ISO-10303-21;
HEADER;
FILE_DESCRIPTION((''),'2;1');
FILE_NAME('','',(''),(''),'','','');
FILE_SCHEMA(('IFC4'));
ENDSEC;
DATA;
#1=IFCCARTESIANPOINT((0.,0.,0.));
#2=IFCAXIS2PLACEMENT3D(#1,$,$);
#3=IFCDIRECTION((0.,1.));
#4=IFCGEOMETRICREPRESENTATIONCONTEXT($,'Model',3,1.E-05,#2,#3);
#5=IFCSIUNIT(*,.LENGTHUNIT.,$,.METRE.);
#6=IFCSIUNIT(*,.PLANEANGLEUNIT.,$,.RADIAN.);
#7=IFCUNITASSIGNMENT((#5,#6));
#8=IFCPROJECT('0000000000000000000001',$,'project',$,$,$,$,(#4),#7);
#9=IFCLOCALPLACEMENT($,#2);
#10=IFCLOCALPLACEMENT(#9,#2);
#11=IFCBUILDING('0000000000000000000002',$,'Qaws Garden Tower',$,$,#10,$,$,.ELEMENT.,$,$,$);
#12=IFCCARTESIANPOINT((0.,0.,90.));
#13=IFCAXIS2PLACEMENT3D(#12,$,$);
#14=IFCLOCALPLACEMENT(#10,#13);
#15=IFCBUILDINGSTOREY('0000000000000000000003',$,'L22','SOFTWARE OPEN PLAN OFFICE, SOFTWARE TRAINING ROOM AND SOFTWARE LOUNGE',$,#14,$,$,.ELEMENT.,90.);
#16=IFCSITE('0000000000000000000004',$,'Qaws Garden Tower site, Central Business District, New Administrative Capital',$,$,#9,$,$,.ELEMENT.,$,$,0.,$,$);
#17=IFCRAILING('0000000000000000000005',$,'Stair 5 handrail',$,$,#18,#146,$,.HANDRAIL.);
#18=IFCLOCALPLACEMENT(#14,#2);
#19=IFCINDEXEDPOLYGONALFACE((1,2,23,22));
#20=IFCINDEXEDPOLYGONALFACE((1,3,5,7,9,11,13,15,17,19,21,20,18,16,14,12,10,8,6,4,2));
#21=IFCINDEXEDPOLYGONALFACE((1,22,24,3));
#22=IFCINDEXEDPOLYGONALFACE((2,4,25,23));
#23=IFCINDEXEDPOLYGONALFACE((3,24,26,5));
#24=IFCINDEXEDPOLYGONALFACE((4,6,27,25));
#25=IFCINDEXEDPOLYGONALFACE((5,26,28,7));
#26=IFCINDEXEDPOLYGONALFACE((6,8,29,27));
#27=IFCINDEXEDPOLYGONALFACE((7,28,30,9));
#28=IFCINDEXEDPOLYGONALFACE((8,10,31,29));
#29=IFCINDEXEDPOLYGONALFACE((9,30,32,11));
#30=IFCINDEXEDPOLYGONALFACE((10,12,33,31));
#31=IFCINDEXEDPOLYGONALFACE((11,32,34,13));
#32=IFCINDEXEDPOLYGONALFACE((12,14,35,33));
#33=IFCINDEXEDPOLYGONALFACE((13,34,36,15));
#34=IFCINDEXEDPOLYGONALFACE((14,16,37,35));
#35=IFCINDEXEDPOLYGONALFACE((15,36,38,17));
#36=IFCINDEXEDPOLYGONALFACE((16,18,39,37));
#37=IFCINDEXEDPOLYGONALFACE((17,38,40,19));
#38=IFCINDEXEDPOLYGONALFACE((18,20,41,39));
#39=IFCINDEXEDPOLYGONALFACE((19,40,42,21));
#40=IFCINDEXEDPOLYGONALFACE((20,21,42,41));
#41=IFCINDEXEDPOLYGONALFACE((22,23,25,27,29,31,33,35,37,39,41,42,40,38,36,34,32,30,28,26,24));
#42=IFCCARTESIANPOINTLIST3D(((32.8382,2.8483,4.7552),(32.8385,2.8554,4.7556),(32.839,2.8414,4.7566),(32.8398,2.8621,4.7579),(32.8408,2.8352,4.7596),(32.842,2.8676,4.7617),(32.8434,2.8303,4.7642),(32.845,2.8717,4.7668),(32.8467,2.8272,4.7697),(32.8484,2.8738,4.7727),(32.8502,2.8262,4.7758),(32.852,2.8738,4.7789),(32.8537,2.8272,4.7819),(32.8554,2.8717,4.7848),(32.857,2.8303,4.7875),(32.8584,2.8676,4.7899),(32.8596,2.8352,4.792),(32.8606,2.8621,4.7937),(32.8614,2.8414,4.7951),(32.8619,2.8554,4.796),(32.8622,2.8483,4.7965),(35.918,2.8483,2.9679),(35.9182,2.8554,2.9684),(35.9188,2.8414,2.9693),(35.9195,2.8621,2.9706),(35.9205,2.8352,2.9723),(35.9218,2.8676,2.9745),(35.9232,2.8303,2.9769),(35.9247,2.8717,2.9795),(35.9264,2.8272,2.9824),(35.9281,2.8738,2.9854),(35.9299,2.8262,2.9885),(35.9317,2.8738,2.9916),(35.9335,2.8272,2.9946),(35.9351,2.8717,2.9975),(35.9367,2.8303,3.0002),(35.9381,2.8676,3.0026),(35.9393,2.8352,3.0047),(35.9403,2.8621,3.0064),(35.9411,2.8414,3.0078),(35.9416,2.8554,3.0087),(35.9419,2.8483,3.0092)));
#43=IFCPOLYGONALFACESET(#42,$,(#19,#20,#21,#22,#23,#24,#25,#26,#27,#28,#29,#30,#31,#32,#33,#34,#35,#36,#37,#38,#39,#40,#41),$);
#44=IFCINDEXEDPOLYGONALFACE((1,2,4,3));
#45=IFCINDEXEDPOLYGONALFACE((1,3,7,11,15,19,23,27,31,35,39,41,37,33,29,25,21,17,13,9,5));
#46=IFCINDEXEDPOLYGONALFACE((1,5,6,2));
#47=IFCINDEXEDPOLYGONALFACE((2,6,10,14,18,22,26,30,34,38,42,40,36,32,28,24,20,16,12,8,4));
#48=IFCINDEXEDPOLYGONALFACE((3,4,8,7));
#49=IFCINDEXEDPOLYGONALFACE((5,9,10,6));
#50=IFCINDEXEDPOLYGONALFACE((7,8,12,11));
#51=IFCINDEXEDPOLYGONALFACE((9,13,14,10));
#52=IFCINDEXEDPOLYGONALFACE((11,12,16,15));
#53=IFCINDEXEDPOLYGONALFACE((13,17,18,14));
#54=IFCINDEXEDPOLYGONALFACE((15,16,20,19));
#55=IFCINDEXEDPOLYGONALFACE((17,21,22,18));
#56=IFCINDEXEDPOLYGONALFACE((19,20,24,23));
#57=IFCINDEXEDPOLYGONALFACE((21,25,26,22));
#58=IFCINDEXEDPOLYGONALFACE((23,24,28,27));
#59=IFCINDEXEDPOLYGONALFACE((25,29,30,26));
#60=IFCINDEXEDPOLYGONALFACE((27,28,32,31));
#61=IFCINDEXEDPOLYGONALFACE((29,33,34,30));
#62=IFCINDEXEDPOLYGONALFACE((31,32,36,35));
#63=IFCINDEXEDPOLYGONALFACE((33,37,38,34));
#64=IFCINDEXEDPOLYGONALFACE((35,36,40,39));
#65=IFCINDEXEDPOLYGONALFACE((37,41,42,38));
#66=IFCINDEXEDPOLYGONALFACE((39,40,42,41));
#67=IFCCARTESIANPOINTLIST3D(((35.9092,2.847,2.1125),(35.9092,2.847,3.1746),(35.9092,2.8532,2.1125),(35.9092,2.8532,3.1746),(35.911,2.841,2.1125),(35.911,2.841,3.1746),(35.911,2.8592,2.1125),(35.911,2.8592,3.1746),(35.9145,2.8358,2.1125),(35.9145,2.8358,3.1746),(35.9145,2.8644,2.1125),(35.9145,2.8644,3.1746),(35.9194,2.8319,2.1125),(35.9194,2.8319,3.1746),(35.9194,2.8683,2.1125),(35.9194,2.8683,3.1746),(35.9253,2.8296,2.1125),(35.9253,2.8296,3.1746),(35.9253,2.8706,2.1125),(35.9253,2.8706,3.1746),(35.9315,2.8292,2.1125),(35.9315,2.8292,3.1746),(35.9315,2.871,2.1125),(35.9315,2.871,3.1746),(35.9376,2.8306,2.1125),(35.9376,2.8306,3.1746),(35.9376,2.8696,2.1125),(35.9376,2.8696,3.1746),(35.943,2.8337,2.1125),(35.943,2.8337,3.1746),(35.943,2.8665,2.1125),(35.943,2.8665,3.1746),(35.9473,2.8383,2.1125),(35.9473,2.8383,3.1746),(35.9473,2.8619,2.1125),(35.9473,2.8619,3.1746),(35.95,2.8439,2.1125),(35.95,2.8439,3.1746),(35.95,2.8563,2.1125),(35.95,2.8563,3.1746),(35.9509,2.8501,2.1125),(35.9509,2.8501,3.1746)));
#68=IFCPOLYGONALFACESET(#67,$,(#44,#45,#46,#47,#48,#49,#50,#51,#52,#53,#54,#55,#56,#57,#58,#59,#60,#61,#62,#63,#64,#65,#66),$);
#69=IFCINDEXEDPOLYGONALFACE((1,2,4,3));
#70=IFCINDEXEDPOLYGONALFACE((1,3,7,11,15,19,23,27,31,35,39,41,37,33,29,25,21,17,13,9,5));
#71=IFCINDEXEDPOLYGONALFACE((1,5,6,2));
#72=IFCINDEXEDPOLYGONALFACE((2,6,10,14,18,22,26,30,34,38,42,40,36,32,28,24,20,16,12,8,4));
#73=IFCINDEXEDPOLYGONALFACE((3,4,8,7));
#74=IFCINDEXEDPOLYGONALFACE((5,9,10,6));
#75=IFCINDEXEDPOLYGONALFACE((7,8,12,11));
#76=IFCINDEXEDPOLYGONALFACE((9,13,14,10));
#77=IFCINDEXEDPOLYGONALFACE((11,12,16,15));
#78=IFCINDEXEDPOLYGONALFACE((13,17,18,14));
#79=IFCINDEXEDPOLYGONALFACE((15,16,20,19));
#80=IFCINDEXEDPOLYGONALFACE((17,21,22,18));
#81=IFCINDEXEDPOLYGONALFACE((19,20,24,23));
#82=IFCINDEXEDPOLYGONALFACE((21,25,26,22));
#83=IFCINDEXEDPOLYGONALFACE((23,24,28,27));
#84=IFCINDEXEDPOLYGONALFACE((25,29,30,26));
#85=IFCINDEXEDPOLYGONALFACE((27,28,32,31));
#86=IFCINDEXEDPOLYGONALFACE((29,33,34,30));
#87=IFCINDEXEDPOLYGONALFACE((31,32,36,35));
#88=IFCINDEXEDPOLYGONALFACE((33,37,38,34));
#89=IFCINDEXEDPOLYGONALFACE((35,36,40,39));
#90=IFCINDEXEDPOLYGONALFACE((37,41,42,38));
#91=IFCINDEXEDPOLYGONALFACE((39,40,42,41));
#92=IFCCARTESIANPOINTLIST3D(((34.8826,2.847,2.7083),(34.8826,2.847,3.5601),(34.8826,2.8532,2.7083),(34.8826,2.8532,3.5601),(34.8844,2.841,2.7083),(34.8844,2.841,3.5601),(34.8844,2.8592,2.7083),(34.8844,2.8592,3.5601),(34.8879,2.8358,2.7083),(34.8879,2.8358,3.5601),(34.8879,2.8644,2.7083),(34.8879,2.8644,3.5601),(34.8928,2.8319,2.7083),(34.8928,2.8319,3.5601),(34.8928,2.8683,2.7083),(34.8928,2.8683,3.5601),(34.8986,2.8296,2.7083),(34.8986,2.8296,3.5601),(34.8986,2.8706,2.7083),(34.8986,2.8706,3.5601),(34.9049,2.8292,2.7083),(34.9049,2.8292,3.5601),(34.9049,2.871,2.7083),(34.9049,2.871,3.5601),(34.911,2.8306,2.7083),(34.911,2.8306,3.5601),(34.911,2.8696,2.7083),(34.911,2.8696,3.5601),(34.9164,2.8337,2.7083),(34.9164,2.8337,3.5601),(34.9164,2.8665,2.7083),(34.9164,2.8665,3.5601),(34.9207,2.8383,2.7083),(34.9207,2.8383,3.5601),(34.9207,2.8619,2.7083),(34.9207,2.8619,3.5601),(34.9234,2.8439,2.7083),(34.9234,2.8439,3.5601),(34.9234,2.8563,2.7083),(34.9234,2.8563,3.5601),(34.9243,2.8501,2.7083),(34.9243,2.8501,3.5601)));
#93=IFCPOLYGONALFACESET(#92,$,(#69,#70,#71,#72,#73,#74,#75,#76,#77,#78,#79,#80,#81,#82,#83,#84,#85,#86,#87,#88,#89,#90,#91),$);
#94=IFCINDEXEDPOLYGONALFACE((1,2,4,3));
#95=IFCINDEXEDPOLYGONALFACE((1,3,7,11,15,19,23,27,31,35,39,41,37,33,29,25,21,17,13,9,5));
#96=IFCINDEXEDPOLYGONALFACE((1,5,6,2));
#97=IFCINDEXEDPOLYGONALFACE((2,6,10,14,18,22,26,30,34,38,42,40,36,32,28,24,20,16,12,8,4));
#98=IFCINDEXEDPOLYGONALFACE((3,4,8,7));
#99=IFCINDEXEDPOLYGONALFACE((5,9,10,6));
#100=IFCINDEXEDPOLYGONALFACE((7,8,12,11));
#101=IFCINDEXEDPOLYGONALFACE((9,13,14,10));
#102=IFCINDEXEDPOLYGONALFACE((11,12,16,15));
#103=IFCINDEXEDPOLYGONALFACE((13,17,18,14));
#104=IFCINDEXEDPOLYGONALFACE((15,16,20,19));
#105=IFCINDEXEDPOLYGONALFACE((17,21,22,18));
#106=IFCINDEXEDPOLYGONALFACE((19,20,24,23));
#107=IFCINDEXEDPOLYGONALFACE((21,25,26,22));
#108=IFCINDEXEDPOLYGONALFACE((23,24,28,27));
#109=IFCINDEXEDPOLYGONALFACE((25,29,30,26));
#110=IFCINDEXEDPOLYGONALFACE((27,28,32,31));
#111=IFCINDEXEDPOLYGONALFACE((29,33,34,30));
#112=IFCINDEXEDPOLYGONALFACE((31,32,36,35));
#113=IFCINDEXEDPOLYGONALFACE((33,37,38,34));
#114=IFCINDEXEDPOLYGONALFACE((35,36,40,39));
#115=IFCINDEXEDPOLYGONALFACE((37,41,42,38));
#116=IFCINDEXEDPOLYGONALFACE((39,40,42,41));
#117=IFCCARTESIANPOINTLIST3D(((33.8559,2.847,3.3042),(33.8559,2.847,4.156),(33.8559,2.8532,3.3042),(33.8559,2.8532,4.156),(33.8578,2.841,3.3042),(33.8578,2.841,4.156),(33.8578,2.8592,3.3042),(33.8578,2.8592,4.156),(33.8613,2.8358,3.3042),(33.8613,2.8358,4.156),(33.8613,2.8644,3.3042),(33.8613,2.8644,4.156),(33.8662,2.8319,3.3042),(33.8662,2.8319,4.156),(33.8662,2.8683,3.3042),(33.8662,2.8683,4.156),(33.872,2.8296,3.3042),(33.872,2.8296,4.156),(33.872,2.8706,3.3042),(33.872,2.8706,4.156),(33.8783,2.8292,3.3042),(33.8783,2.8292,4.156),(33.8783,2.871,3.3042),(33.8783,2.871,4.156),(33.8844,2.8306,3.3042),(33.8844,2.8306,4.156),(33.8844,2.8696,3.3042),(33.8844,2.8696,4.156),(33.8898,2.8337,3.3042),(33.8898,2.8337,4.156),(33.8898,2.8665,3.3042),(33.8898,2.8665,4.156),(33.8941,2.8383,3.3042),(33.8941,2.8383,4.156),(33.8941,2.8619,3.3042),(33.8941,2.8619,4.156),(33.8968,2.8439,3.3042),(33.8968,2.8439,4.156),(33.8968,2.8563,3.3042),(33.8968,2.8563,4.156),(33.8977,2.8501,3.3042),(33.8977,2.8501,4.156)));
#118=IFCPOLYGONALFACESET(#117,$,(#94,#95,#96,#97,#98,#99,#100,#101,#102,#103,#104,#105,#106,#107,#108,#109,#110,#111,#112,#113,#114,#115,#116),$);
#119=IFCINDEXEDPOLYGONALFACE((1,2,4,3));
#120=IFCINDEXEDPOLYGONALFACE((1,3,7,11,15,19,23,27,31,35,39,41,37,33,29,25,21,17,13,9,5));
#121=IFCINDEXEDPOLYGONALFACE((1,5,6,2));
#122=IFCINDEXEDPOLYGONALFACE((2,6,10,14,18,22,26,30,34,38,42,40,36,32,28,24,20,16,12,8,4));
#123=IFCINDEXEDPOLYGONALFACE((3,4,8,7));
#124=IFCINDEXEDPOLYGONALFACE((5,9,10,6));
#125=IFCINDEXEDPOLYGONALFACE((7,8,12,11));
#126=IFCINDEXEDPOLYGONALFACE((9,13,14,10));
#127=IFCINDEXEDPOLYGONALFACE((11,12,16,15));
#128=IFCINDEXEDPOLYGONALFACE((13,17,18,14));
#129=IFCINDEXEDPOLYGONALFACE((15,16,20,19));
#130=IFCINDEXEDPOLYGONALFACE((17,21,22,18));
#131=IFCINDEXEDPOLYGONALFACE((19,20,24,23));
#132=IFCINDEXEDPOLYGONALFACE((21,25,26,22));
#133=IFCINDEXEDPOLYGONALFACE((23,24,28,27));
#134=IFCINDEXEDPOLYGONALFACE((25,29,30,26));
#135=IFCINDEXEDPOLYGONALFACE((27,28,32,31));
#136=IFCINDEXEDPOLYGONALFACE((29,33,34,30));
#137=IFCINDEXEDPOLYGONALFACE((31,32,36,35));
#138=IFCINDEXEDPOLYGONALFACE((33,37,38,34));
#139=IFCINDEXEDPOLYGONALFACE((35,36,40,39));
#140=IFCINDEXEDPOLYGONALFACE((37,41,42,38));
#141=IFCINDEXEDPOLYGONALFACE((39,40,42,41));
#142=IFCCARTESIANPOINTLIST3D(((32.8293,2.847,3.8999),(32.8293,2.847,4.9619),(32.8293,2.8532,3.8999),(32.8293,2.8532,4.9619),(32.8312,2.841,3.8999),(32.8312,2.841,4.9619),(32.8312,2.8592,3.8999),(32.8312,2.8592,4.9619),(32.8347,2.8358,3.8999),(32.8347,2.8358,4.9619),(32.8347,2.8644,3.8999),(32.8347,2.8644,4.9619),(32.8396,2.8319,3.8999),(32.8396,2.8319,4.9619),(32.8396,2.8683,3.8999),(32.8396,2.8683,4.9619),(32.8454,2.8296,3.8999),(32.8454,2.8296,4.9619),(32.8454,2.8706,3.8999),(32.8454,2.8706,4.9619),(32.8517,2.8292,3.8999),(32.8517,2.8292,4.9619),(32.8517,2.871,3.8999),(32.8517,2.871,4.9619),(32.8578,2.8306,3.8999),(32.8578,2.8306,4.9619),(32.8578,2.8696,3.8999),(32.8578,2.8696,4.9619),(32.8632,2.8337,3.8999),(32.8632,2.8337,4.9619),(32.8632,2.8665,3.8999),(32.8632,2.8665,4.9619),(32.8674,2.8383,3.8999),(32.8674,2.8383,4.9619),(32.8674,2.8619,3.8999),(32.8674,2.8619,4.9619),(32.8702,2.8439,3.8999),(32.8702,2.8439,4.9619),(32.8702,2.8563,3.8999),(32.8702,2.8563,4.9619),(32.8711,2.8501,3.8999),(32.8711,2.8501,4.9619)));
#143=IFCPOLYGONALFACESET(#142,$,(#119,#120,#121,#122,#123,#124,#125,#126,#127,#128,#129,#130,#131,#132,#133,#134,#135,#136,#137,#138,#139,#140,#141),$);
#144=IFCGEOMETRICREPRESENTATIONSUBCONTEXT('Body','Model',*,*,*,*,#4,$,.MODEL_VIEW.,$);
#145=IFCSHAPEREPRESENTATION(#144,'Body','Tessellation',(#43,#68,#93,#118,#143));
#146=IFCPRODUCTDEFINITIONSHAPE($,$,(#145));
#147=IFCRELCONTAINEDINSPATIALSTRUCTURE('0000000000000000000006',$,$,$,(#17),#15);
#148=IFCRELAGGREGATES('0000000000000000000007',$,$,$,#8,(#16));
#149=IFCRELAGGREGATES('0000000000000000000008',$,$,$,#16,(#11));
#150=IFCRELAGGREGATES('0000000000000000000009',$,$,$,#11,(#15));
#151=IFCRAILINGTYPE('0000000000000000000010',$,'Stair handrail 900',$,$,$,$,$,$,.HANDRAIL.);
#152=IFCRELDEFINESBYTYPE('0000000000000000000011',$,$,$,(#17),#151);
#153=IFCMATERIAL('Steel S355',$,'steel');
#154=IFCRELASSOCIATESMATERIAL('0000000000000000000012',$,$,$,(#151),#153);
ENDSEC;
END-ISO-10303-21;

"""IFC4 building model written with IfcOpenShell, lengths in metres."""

from ifc_helpers import new_model, si_unit, direction, frame, origin, origin_2d, place, context, subcontext, project, spatial, circle, extrude, material, type_object, element, save


model = new_model("IFC4")

# Units and contexts
model_context = context("Model", 3, precision=1e-05, world=origin(), true_north=direction((0.0, 1.0)))
body_context = subcontext(model_context, "Body", "Model", "MODEL_VIEW")
ifc_project = project(units=[si_unit("LENGTHUNIT", "METRE"), si_unit("PLANEANGLEUNIT", "RADIAN")], contexts=[model_context])

# Site, building, storey
site_placement = place(None, origin())
site = spatial("IfcSite", under=ifc_project, at=site_placement, Name="Qaws Garden Tower site, Central Business District, New Administrative Capital", CompositionType="ELEMENT", RefElevation=0.0)
building_placement = place(site_placement, origin())
building = spatial("IfcBuilding", under=site, at=building_placement, Name="Qaws Garden Tower", CompositionType="ELEMENT")
storey_placement = place(building_placement, frame((0.0, 0.0, 90.0)))
storey = spatial("IfcBuildingStorey", under=building, at=storey_placement, Name="L22", Description="SOFTWARE OPEN PLAN OFFICE, SOFTWARE TRAINING ROOM AND SOFTWARE LOUNGE", CompositionType="ELEMENT", Elevation=90.0)

# Railing
ifc_material_1 = material(Name="Steel S355", Category="steel")
railing_type = type_object("IfcRailingType", Name="Stair handrail 900", PredefinedType="HANDRAIL", material=ifc_material_1)
railing_placement = place(storey_placement, frame((35.9299, 2.8501, 2.1125)))
element("IfcRailing", 1, at=railing_placement, inside=storey, type_object=railing_type, Name="Stair 5 handrail", PredefinedType="HANDRAIL", context=body_context, shape_type="SweptSolid", body=[
    extrude(circle(Radius=0.0239, at=origin_2d()), frame((0.0, 0.0, 0.876), z_axis=(-0.864903, 0.0, 0.501939), x_axis=(0.0, -1.0, 0.0)), (0.0, 0.0, 1.0), 3.5608),
    extrude(circle(Radius=0.021, at=origin_2d()), origin(), (0.0, 0.0, 1.0), 1.062),
    extrude(circle(Radius=0.021, at=origin_2d()), frame((-1.0266, 0.0, 0.5957)), (0.0, 0.0, 1.0), 0.8518),
    extrude(circle(Radius=0.021, at=origin_2d()), frame((-2.0532, 0.0, 1.1917)), (0.0, 0.0, 1.0), 0.8518),
    extrude(circle(Radius=0.021, at=origin_2d()), frame((-3.0798, 0.0, 1.7874)), (0.0, 0.0, 1.0), 1.062),
])

save(model, "model.ifc")
